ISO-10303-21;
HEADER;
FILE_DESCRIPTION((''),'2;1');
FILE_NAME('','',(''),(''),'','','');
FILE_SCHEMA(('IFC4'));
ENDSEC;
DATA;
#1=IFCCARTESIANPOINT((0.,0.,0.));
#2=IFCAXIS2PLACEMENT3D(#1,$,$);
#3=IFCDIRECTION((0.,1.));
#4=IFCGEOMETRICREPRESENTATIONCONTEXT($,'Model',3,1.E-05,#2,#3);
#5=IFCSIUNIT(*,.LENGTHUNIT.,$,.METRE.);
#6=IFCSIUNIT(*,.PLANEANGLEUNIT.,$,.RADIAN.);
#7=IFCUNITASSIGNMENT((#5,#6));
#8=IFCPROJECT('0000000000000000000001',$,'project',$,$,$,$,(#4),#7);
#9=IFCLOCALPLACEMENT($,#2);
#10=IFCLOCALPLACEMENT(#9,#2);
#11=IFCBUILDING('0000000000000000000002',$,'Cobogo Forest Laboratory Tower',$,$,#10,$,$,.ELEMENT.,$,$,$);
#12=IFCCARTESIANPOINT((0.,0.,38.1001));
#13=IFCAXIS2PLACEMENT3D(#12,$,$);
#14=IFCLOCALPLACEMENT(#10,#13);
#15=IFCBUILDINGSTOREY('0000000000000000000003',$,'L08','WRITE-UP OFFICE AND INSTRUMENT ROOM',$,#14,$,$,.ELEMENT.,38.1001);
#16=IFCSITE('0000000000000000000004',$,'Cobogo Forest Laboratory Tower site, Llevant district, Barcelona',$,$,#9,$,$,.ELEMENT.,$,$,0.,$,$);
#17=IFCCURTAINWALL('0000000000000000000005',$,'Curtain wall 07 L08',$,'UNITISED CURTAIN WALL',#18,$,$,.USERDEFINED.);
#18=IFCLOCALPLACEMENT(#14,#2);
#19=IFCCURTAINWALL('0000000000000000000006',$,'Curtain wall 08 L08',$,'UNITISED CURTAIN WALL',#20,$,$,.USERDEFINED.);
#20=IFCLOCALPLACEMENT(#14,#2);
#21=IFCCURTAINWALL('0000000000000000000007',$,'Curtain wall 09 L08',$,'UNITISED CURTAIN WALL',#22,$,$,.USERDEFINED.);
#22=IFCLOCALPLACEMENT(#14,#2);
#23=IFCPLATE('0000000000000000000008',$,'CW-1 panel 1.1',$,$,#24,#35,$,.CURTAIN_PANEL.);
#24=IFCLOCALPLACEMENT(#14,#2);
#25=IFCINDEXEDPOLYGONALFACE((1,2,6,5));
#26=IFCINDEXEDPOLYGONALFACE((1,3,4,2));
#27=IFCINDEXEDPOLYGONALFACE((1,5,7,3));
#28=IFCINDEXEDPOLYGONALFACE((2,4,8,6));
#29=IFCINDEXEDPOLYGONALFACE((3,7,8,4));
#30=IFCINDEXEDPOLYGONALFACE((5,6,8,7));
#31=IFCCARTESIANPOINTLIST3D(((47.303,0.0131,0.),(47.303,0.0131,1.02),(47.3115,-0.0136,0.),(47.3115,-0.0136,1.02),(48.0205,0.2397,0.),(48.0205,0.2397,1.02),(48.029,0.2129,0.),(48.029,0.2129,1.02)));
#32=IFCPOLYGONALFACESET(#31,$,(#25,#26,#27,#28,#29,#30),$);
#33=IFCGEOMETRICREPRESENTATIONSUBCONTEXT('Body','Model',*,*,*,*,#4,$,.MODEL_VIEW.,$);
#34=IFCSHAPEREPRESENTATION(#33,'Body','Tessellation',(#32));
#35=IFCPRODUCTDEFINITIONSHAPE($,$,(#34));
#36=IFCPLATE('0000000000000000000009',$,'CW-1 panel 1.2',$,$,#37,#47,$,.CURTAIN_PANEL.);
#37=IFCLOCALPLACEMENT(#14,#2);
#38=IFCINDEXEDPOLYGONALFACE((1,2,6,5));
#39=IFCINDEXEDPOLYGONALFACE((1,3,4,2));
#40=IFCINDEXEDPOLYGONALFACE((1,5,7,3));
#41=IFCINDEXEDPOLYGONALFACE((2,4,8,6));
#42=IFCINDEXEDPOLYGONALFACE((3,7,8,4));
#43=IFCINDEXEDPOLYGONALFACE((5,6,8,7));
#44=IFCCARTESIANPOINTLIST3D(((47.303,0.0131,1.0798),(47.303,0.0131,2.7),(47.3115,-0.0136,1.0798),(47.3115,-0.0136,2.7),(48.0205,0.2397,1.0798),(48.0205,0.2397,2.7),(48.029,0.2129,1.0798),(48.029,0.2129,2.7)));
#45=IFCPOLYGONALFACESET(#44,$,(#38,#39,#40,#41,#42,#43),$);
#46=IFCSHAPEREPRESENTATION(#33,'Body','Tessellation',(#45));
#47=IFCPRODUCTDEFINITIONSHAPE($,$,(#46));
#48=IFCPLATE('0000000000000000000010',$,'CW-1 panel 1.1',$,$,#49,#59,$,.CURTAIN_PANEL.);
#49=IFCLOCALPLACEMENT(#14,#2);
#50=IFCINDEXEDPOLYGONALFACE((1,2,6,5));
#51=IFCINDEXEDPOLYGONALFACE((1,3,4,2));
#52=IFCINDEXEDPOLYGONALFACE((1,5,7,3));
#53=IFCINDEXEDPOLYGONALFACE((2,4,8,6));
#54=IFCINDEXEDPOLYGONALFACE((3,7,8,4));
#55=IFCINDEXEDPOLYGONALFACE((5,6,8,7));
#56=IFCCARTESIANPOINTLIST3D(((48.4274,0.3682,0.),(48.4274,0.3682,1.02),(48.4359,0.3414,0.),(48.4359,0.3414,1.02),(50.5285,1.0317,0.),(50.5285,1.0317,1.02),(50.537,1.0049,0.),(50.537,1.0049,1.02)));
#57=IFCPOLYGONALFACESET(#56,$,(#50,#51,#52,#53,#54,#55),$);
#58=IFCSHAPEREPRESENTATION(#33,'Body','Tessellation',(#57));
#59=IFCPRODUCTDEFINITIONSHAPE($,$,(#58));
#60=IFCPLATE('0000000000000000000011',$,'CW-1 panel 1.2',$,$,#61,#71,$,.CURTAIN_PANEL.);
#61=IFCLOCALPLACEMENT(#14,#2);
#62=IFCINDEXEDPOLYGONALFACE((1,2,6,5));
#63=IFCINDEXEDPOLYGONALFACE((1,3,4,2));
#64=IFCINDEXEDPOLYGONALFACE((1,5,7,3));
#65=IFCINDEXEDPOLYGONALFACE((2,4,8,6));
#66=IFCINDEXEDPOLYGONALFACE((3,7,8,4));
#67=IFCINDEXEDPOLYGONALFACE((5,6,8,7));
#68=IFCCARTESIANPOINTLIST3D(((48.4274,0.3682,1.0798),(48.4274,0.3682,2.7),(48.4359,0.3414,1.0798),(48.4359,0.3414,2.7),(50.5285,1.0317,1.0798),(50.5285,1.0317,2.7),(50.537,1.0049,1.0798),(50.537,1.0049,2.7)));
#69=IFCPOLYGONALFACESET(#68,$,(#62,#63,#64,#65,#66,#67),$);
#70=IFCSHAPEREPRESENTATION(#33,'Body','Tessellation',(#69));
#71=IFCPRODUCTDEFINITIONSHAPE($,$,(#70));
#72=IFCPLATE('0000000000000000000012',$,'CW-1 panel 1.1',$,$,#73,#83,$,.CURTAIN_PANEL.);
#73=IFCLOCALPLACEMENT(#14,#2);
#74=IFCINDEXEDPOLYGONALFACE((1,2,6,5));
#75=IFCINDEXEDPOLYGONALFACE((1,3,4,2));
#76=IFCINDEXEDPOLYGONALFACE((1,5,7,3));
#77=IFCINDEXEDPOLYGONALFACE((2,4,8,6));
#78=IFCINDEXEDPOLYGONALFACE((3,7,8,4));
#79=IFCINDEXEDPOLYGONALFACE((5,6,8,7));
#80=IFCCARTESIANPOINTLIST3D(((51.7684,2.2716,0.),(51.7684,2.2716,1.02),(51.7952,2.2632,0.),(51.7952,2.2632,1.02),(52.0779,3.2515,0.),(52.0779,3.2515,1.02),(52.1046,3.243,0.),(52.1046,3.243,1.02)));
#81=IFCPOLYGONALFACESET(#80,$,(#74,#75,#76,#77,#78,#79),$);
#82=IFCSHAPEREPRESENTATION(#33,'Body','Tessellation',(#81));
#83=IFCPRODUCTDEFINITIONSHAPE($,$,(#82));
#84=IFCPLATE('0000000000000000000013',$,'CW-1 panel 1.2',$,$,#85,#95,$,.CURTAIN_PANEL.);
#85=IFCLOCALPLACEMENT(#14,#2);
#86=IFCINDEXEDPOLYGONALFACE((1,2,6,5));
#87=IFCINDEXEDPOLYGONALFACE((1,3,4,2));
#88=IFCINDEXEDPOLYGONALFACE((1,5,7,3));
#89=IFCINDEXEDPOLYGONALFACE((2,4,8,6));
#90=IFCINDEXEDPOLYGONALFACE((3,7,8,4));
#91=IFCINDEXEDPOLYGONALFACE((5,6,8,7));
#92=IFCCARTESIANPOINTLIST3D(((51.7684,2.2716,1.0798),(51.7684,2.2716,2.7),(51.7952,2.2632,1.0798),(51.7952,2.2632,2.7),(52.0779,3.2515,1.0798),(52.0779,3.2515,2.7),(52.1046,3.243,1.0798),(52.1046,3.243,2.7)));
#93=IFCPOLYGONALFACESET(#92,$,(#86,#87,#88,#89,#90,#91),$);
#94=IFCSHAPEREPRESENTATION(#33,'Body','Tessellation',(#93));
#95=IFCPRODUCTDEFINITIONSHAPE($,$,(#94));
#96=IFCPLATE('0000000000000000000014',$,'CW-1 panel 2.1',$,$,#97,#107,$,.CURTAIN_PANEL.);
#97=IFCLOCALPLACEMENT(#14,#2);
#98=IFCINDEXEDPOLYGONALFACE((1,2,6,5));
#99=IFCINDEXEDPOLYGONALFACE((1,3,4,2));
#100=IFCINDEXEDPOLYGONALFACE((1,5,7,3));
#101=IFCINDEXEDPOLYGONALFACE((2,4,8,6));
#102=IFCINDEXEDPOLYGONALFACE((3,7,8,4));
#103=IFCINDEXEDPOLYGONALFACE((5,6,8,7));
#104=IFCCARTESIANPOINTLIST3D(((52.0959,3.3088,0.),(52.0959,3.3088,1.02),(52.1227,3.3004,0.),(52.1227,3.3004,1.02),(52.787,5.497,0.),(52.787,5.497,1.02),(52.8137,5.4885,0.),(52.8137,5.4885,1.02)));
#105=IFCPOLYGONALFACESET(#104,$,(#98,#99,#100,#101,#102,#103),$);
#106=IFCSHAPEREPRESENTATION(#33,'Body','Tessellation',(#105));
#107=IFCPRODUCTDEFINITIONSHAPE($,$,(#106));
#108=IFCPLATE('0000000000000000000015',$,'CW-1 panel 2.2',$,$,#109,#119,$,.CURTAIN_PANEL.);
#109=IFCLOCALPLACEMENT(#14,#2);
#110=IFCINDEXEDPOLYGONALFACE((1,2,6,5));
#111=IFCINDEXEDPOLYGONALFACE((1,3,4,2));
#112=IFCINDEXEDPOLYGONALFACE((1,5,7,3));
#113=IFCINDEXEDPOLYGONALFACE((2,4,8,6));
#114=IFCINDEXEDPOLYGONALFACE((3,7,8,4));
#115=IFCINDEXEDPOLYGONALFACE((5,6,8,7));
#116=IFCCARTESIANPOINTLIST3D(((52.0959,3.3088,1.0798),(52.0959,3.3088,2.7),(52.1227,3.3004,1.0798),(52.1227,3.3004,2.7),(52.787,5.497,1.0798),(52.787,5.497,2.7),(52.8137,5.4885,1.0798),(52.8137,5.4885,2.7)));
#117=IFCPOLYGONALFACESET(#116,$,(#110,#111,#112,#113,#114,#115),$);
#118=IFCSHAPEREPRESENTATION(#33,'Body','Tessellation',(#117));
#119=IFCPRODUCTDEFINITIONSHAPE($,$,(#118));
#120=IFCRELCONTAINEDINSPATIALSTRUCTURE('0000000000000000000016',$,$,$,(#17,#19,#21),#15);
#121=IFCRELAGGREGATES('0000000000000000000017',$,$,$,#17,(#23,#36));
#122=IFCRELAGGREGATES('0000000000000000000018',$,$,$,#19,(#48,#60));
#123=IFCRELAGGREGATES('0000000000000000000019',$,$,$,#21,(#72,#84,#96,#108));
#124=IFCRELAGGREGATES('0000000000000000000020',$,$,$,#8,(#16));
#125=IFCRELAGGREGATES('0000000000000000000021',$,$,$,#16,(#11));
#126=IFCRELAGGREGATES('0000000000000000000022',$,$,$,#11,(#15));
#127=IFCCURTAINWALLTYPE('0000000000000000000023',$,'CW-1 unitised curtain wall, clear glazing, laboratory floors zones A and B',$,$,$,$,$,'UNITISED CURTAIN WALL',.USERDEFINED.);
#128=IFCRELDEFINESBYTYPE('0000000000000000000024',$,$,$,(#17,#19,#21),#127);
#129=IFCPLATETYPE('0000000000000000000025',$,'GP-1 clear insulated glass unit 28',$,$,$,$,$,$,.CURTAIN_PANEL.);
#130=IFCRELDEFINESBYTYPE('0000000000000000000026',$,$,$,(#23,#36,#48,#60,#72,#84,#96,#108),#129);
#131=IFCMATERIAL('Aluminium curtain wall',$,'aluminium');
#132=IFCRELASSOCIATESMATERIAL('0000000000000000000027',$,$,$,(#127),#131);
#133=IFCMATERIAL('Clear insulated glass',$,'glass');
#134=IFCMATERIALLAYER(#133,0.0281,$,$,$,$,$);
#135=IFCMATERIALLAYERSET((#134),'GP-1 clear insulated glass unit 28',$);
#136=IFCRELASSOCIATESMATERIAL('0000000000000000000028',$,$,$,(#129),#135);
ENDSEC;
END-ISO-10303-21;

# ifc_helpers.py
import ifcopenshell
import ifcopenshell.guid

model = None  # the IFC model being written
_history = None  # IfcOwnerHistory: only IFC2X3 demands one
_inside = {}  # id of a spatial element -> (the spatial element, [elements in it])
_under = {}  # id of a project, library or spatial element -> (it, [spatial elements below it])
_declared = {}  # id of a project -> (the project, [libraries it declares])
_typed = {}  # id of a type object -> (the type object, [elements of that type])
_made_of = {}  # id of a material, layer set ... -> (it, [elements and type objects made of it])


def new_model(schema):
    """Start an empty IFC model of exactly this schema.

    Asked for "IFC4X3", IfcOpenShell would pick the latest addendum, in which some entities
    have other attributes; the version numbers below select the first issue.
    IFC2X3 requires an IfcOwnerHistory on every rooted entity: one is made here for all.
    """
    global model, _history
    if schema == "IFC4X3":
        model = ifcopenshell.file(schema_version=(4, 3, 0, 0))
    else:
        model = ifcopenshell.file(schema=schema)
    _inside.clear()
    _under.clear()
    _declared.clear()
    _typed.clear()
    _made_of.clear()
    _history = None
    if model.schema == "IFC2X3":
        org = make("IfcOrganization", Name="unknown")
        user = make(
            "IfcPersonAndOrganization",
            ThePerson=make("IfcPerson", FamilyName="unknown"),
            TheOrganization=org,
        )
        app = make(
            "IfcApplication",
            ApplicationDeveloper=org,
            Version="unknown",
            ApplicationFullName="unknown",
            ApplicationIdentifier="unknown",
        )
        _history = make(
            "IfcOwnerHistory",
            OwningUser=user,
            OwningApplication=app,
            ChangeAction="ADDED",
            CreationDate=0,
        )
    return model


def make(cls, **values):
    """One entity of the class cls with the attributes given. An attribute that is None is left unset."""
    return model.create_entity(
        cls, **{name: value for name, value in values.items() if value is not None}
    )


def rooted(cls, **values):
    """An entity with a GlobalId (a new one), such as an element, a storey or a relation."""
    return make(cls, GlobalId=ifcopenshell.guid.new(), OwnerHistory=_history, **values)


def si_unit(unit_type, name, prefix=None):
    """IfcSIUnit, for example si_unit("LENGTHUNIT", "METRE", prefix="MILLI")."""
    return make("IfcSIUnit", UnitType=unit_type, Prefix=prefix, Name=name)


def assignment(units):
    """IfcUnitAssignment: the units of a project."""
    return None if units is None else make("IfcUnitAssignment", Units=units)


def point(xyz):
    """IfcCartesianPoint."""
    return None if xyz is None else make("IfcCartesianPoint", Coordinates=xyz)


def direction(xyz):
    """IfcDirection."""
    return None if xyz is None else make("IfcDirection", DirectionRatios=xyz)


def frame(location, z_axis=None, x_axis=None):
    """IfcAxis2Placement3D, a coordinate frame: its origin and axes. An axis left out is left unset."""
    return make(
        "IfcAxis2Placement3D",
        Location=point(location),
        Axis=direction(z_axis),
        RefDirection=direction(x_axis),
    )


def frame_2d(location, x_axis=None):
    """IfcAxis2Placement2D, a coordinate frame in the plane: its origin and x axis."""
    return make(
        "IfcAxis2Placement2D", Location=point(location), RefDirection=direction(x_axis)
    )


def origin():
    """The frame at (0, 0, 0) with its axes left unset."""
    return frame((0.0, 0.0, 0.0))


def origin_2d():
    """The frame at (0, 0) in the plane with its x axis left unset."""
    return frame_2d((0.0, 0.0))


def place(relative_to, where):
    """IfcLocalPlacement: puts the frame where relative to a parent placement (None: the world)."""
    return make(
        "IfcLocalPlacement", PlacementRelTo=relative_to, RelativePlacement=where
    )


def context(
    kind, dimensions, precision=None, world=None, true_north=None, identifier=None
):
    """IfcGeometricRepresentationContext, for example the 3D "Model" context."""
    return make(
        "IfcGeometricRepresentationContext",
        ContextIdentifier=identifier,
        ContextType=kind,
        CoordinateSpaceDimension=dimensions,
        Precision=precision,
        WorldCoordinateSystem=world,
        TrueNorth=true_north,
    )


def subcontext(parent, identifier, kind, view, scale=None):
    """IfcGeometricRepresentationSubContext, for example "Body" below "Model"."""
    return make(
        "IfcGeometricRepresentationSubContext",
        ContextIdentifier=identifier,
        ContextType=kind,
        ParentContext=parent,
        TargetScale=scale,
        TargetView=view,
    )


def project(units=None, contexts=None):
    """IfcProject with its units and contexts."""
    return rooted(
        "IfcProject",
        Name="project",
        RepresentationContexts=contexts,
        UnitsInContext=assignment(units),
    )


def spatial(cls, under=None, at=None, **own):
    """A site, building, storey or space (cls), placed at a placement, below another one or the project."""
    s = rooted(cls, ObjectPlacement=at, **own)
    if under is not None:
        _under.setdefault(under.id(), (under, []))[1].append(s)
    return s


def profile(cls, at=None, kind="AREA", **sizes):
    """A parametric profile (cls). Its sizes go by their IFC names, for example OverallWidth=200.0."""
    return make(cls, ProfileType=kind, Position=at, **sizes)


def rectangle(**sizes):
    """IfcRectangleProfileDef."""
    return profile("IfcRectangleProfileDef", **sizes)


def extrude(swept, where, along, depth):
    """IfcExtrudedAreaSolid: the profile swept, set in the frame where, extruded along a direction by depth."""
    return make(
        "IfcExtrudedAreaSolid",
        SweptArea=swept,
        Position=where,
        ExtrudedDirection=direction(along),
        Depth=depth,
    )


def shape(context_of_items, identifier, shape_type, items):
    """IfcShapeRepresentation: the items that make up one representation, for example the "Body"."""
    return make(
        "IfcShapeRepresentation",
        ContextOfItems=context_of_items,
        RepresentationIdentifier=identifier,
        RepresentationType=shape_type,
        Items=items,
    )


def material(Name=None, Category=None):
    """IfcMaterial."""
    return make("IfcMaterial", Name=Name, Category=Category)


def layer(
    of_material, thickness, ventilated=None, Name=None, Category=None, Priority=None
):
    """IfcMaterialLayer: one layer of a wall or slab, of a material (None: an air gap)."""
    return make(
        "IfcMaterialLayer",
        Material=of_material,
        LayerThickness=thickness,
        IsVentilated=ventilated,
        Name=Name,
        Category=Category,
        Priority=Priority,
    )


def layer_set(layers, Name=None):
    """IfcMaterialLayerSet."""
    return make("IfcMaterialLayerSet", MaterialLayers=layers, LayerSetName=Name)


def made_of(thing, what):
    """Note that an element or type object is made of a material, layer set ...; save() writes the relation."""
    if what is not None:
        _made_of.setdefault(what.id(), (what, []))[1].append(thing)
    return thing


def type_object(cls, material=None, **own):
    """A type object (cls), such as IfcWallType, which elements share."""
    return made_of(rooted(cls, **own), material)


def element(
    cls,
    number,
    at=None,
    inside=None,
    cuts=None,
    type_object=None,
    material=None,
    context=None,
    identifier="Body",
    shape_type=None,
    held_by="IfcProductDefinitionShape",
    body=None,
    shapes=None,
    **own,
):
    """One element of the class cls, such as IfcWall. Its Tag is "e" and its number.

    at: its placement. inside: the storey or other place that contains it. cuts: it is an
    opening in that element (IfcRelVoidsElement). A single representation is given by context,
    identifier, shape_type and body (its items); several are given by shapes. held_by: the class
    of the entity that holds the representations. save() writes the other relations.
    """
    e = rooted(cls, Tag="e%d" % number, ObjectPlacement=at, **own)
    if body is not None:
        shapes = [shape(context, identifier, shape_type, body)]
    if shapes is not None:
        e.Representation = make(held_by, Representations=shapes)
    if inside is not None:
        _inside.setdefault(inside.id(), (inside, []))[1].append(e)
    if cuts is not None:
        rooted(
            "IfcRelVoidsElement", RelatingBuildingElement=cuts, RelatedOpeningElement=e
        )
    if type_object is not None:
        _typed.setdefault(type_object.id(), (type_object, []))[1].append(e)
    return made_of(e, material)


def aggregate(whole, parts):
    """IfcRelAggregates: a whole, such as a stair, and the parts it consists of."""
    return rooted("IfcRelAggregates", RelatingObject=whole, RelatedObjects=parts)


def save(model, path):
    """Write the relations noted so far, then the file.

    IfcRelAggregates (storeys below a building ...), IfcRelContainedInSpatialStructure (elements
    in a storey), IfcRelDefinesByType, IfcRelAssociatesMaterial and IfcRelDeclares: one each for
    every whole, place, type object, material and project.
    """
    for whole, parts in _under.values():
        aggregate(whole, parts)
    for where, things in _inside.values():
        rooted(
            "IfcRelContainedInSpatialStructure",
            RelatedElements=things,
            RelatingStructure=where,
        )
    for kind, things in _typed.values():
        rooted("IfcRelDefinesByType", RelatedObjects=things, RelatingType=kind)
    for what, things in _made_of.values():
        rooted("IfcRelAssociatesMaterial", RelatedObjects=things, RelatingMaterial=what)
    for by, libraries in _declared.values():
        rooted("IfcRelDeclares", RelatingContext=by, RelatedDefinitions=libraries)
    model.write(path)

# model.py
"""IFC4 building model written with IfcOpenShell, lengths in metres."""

from ifc_helpers import new_model, si_unit, direction, frame, origin, origin_2d, place, context, subcontext, project, spatial, rectangle, extrude, material, layer, layer_set, type_object, element, aggregate, save


model = new_model("IFC4")

# Units and contexts
model_context = context("Model", 3, precision=1e-05, world=origin(), true_north=direction((0.0, 1.0)))
body_context = subcontext(model_context, "Body", "Model", "MODEL_VIEW")
ifc_project = project(units=[si_unit("LENGTHUNIT", "METRE"), si_unit("PLANEANGLEUNIT", "RADIAN")], contexts=[model_context])

# Site, building, storey
site_placement = place(None, origin())
site = spatial("IfcSite", under=ifc_project, at=site_placement, Name="Cobogo Forest Laboratory Tower site, Llevant district, Barcelona", CompositionType="ELEMENT", RefElevation=0.0)
building_placement = place(site_placement, origin())
building = spatial("IfcBuilding", under=site, at=building_placement, Name="Cobogo Forest Laboratory Tower", CompositionType="ELEMENT")
storey_placement = place(building_placement, frame((0.0, 0.0, 38.1001)))
storey = spatial("IfcBuildingStorey", under=building, at=storey_placement, Name="L08", Description="WRITE-UP OFFICE AND INSTRUMENT ROOM", CompositionType="ELEMENT", Elevation=38.1001)

# Curtain walls
ifc_material_1 = material(Name="Aluminium curtain wall", Category="aluminium")
curtain_wall_type = type_object("IfcCurtainWallType", Name="CW-1 unitised curtain wall, clear glazing, laboratory floors zones A and B", ElementType="UNITISED CURTAIN WALL", PredefinedType="USERDEFINED", material=ifc_material_1)
curtain_wall_1_placement = place(storey_placement, origin())
curtain_wall_1 = element("IfcCurtainWall", 1, at=curtain_wall_1_placement, inside=storey, type_object=curtain_wall_type, Name="Curtain wall 07 L08", ObjectType="UNITISED CURTAIN WALL", PredefinedType="USERDEFINED")
curtain_wall_2_placement = place(storey_placement, origin())
curtain_wall_2 = element("IfcCurtainWall", 2, at=curtain_wall_2_placement, inside=storey, type_object=curtain_wall_type, Name="Curtain wall 08 L08", ObjectType="UNITISED CURTAIN WALL", PredefinedType="USERDEFINED")
curtain_wall_3_placement = place(storey_placement, origin())
curtain_wall_3 = element("IfcCurtainWall", 3, at=curtain_wall_3_placement, inside=storey, type_object=curtain_wall_type, Name="Curtain wall 09 L08", ObjectType="UNITISED CURTAIN WALL", PredefinedType="USERDEFINED")

# Plates
ifc_material_2 = material(Name="Clear insulated glass", Category="glass")
ifc_layer = layer(ifc_material_2, 0.0281)
ifc_layer_set = layer_set([ifc_layer], Name="GP-1 clear insulated glass unit 28")
plate_type = type_object("IfcPlateType", Name="GP-1 clear insulated glass unit 28", PredefinedType="CURTAIN_PANEL", material=ifc_layer_set)
plate_1_placement = place(storey_placement, frame((47.666, 0.113, 0.0), z_axis=(0.0, 0.0, 1.0), x_axis=(0.953582, 0.301135, 0.0)))
plate_1 = element("IfcPlate", 4, at=plate_1_placement, type_object=plate_type, Name="CW-1 panel 1.1", PredefinedType="CURTAIN_PANEL", context=body_context, shape_type="SweptSolid", body=[
    extrude(rectangle(XDim=0.7524, YDim=0.0281, at=origin_2d()), origin(), (0.0, 0.0, 1.0), 1.02),
])
plate_2_placement = place(storey_placement, frame((47.666, 0.113, 1.0798), z_axis=(0.0, 0.0, 1.0), x_axis=(0.953582, 0.301135, 0.0)))
plate_2 = element("IfcPlate", 5, at=plate_2_placement, type_object=plate_type, Name="CW-1 panel 1.2", PredefinedType="CURTAIN_PANEL", context=body_context, shape_type="SweptSolid", body=[
    extrude(rectangle(XDim=0.7524, YDim=0.0281, at=origin_2d()), origin(), (0.0, 0.0, 1.0), 1.6201),
])
aggregate(curtain_wall_1, [plate_1, plate_2])
plate_3_placement = place(storey_placement, frame((49.4822, 0.6865, 0.0), z_axis=(0.0, 0.0, 1.0), x_axis=(0.953581, 0.301135, 0.0)))
plate_3 = element("IfcPlate", 6, at=plate_3_placement, type_object=plate_type, Name="CW-1 panel 1.1", PredefinedType="CURTAIN_PANEL", context=body_context, shape_type="SweptSolid", body=[
    extrude(rectangle(XDim=2.2034, YDim=0.0281, at=origin_2d()), origin(), (0.0, 0.0, 1.0), 1.02),
])
plate_4_placement = place(storey_placement, frame((49.4822, 0.6865, 1.0798), z_axis=(0.0, 0.0, 1.0), x_axis=(0.953581, 0.301135, 0.0)))
plate_4 = element("IfcPlate", 7, at=plate_4_placement, type_object=plate_type, Name="CW-1 panel 1.2", PredefinedType="CURTAIN_PANEL", context=body_context, shape_type="SweptSolid", body=[
    extrude(rectangle(XDim=2.2034, YDim=0.0281, at=origin_2d()), origin(), (0.0, 0.0, 1.0), 1.6201),
])
aggregate(curtain_wall_2, [plate_3, plate_4])
plate_5_placement = place(storey_placement, frame((51.9365, 2.7573, 0.0), z_axis=(0.0, 0.0, 1.0), x_axis=(0.301135, 0.953581, 0.0)))
plate_5 = element("IfcPlate", 8, at=plate_5_placement, type_object=plate_type, Name="CW-1 panel 1.1", PredefinedType="CURTAIN_PANEL", context=body_context, shape_type="SweptSolid", body=[
    extrude(rectangle(XDim=1.0276, YDim=0.0281, at=origin_2d()), origin(), (0.0, 0.0, 1.0), 1.02),
])
plate_6_placement = place(storey_placement, frame((51.9365, 2.7573, 1.0798), z_axis=(0.0, 0.0, 1.0), x_axis=(0.301135, 0.953581, 0.0)))
plate_6 = element("IfcPlate", 9, at=plate_6_placement, type_object=plate_type, Name="CW-1 panel 1.2", PredefinedType="CURTAIN_PANEL", context=body_context, shape_type="SweptSolid", body=[
    extrude(rectangle(XDim=1.0276, YDim=0.0281, at=origin_2d()), origin(), (0.0, 0.0, 1.0), 1.6201),
])
plate_7_placement = place(storey_placement, frame((52.4548, 4.3987, 0.0), z_axis=(0.0, 0.0, 1.0), x_axis=(0.301135, 0.953581, 0.0)))
plate_7 = element("IfcPlate", 10, at=plate_7_placement, type_object=plate_type, Name="CW-1 panel 2.1", PredefinedType="CURTAIN_PANEL", context=body_context, shape_type="SweptSolid", body=[
    extrude(rectangle(XDim=2.2947, YDim=0.0281, at=origin_2d()), origin(), (0.0, 0.0, 1.0), 1.02),
])
plate_8_placement = place(storey_placement, frame((52.4548, 4.3987, 1.0798), z_axis=(0.0, 0.0, 1.0), x_axis=(0.301135, 0.953581, 0.0)))
plate_8 = element("IfcPlate", 11, at=plate_8_placement, type_object=plate_type, Name="CW-1 panel 2.2", PredefinedType="CURTAIN_PANEL", context=body_context, shape_type="SweptSolid", body=[
    extrude(rectangle(XDim=2.2947, YDim=0.0281, at=origin_2d()), origin(), (0.0, 0.0, 1.0), 1.6201),
])
aggregate(curtain_wall_3, [plate_5, plate_6, plate_7, plate_8])

save(model, "model.ifc")
